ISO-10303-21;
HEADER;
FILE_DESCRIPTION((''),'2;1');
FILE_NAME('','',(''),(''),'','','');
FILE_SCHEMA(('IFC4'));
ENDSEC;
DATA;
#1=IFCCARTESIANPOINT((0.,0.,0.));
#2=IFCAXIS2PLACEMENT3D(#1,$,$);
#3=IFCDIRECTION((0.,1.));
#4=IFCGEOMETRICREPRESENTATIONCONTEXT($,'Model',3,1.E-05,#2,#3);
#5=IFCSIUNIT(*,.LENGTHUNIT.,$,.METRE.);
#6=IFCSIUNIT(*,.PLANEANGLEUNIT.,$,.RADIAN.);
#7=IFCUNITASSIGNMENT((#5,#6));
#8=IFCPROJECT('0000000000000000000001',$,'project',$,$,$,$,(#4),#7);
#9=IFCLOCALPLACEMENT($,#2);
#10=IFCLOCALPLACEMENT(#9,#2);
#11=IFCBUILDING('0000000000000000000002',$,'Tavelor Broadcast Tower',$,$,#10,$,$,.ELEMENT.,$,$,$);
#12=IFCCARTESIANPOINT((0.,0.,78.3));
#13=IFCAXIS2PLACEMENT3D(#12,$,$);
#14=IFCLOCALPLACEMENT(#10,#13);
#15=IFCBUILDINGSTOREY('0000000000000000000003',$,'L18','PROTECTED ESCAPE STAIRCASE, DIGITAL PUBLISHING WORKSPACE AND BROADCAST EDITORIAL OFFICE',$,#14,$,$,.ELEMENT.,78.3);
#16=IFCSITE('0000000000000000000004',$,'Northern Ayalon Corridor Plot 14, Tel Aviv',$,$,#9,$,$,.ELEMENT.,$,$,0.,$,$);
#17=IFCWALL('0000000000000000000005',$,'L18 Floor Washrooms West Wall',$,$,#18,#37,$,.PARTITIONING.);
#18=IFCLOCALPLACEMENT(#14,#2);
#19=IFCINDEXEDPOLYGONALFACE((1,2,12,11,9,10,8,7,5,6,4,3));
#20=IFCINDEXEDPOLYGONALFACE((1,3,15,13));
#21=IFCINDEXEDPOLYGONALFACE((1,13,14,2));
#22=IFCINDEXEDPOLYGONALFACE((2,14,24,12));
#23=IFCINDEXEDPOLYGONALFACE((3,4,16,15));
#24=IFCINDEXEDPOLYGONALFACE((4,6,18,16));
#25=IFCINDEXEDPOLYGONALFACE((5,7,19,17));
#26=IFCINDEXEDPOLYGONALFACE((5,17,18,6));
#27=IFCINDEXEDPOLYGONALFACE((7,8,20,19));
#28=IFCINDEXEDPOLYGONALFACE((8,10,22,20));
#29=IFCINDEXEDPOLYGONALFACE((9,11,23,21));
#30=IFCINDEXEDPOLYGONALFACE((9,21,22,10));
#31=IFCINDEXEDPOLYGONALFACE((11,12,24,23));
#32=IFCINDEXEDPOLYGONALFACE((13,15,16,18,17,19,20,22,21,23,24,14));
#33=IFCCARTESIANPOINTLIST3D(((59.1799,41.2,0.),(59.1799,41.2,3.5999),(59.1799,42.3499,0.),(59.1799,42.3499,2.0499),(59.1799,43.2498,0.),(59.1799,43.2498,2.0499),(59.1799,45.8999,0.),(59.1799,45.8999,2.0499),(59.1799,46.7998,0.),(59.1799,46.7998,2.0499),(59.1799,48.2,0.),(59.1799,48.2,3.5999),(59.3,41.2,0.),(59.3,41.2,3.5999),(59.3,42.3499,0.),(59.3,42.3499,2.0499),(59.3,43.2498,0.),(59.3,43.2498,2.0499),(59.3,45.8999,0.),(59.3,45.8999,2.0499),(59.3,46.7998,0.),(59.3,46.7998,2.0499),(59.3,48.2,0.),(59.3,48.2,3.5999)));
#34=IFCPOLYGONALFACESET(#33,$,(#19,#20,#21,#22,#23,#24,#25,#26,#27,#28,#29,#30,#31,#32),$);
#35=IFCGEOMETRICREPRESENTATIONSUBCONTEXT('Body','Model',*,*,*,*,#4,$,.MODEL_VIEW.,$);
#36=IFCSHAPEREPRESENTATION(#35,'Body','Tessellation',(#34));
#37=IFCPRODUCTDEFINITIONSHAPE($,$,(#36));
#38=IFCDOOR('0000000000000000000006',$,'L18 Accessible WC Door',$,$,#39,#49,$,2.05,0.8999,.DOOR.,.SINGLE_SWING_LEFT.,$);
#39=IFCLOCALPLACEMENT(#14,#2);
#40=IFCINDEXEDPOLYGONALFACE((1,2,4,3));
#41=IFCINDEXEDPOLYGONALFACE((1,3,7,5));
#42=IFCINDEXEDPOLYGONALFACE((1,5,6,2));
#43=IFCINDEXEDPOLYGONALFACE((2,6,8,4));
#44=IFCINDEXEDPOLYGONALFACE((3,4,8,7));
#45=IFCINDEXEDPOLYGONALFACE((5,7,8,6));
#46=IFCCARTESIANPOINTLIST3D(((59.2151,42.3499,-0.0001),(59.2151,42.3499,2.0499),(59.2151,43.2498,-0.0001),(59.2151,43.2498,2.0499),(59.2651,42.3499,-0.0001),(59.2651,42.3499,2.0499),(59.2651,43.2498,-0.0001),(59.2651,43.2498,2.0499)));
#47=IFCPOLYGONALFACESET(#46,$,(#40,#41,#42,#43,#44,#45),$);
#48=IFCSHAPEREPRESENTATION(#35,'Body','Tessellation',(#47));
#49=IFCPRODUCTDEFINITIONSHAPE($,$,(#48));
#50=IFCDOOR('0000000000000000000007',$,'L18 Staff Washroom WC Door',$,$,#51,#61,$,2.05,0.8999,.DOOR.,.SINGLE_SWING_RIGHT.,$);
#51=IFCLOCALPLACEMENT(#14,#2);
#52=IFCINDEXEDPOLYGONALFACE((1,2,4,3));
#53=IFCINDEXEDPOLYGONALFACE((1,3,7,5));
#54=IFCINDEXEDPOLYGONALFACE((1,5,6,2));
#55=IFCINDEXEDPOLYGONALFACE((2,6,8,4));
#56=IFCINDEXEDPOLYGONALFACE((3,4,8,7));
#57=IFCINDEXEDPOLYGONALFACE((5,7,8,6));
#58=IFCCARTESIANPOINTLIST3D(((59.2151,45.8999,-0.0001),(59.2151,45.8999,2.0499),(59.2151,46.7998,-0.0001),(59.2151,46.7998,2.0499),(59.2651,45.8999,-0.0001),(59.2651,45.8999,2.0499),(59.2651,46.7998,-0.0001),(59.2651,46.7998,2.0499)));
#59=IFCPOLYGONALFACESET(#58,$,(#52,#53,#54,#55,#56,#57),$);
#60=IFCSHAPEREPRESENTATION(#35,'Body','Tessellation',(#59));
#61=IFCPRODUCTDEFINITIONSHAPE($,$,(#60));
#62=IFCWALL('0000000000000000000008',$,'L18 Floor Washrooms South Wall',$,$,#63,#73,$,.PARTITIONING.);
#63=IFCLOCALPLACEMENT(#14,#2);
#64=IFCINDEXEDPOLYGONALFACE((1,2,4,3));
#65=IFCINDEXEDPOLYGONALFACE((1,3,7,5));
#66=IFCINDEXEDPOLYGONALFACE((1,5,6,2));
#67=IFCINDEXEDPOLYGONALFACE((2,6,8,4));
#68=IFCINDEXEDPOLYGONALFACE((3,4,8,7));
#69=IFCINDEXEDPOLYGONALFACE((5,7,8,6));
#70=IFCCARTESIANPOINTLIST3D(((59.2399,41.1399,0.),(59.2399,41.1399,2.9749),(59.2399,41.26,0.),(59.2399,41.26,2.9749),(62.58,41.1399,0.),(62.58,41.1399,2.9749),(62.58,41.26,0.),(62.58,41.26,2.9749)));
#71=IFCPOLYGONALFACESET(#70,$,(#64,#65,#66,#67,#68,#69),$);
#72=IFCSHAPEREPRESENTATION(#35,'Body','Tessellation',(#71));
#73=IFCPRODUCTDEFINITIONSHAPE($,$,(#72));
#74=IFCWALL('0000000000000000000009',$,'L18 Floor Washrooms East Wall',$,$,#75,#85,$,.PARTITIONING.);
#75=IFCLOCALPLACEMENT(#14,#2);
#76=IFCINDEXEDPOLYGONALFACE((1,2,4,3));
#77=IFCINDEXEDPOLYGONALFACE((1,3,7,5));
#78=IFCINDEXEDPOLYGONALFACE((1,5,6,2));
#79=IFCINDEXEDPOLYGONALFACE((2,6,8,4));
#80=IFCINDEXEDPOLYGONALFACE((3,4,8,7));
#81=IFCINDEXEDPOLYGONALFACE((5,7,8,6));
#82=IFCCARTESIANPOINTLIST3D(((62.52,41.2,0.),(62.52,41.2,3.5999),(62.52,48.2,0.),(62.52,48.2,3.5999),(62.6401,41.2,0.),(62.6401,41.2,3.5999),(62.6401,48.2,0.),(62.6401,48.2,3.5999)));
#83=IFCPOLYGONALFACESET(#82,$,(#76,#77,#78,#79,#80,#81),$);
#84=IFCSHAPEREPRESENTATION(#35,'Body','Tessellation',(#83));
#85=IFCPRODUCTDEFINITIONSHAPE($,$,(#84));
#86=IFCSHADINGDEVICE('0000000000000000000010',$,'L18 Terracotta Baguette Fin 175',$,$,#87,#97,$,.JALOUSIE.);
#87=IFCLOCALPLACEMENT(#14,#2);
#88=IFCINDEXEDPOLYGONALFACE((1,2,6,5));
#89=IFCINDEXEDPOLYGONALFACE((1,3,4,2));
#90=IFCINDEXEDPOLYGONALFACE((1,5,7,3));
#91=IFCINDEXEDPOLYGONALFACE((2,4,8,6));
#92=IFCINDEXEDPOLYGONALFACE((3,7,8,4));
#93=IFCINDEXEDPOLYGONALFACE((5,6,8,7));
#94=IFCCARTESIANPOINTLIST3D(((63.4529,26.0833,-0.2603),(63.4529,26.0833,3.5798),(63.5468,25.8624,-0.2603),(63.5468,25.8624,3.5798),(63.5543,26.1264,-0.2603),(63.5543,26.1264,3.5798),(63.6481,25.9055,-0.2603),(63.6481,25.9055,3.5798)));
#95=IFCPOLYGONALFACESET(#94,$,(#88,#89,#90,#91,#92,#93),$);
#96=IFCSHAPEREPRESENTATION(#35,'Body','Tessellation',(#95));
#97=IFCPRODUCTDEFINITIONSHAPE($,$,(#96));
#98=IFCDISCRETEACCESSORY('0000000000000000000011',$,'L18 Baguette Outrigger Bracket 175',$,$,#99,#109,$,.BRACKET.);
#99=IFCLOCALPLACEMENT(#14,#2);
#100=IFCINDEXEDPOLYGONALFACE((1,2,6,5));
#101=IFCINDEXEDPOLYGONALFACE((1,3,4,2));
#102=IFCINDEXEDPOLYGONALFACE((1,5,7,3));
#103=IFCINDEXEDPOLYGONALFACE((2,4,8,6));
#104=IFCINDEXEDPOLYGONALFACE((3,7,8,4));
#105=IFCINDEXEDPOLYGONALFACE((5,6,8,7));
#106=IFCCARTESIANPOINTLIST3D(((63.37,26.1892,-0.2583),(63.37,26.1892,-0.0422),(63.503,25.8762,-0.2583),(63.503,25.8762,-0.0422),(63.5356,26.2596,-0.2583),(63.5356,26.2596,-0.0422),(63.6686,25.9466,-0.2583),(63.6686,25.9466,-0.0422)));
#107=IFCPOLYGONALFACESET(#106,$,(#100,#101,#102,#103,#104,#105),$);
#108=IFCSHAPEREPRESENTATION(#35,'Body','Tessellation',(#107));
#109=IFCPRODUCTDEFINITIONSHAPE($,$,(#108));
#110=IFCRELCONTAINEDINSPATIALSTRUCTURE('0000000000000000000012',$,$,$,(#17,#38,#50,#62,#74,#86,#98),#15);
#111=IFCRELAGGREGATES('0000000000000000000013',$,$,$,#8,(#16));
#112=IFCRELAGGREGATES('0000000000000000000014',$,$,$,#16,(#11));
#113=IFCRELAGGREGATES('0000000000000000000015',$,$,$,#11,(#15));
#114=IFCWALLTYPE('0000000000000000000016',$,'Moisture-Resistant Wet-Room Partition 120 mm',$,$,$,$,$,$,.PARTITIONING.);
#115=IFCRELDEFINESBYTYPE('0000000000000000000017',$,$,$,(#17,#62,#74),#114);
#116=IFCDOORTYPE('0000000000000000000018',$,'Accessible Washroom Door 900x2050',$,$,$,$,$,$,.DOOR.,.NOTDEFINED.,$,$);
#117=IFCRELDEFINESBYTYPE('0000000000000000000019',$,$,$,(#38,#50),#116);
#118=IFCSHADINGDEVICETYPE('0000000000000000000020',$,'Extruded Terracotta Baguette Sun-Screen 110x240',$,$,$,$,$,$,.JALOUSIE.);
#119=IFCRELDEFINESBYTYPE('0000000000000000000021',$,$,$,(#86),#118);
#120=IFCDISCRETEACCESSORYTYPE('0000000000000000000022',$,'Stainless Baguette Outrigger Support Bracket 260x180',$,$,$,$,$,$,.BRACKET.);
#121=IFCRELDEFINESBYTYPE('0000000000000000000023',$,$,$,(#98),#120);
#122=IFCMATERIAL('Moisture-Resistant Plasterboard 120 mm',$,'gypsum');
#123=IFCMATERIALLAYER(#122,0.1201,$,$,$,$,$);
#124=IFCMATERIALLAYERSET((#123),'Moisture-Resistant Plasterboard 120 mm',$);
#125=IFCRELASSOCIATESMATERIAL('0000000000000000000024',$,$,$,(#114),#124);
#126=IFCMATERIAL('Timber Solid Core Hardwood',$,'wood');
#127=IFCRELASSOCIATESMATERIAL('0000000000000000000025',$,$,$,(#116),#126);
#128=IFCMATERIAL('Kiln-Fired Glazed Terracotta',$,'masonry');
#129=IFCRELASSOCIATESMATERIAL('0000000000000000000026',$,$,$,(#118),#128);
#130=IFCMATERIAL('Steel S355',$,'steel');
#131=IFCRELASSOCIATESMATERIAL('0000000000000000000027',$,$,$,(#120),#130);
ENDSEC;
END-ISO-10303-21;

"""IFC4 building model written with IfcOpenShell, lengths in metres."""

from ifc_helpers import new_model, si_unit, direction, frame, frame_2d, origin, origin_2d, place, context, subcontext, project, spatial, rectangle, extrude, source, transform, mapped, material, layer, layer_set, type_object, type_shapes, element, fill, save


model = new_model("IFC4")

# Units and contexts
model_context = context("Model", 3, precision=1e-05, world=origin(), true_north=direction((0.0, 1.0)))
body_context = subcontext(model_context, "Body", "Model", "MODEL_VIEW")
ifc_project = project(units=[si_unit("LENGTHUNIT", "METRE"), si_unit("PLANEANGLEUNIT", "RADIAN")], contexts=[model_context])

# Site, building, storey
site_placement = place(None, origin())
site = spatial("IfcSite", under=ifc_project, at=site_placement, Name="Northern Ayalon Corridor Plot 14, Tel Aviv", CompositionType="ELEMENT", RefElevation=0.0)
building_placement = place(site_placement, origin())
building = spatial("IfcBuilding", under=site, at=building_placement, Name="Tavelor Broadcast Tower", CompositionType="ELEMENT")
storey_placement = place(building_placement, frame((0.0, 0.0, 78.3)))
storey = spatial("IfcBuildingStorey", under=building, at=storey_placement, Name="L18", Description="PROTECTED ESCAPE STAIRCASE, DIGITAL PUBLISHING WORKSPACE AND BROADCAST EDITORIAL OFFICE", CompositionType="ELEMENT", Elevation=78.3)

# Shared definitions
ifc_material_1 = material(Name="Steel S355", Category="steel")

# Shared definitions
ifc_material_2 = material(Name="Timber Solid Core Hardwood", Category="wood")

# Wall, openings, doors
ifc_material_3 = material(Name="Moisture-Resistant Plasterboard 120 mm", Category="gypsum")
ifc_layer_1 = layer(ifc_material_3, 0.1201)
ifc_layer_set_1 = layer_set([ifc_layer_1], Name="Moisture-Resistant Plasterboard 120 mm")
wall_type_1 = type_object("IfcWallType", Name="Moisture-Resistant Wet-Room Partition 120 mm", PredefinedType="PARTITIONING", material=ifc_layer_set_1)
wall_1_placement = place(storey_placement, frame((59.24, 41.2, 0.0), z_axis=(0.0, 0.0, 1.0), x_axis=(0.0, 1.0, 0.0)))
wall_1 = element("IfcWall", 1, at=wall_1_placement, inside=storey, type_object=wall_type_1, Name="L18 Floor Washrooms West Wall", PredefinedType="PARTITIONING", context=body_context, shape_type="SweptSolid", body=[
    extrude(rectangle(XDim=7.0, YDim=0.1201, at=frame_2d((3.5, 0.0))), origin(), (0.0, 0.0, 1.0), 3.5999),
])
opening_1_placement = place(wall_1_placement, frame((1.1499, 0.0, 0.0)))
opening_1 = element("IfcOpeningElement", 2, at=opening_1_placement, cuts=wall_1, PredefinedType="OPENING", context=body_context, shape_type="SweptSolid", body=[
    extrude(rectangle(XDim=0.8999, YDim=2.05, at=frame_2d((0.45, 1.0249))), frame((0.0, 0.0701, 0.0), z_axis=(0.0, -1.0, 0.0), x_axis=(1.0, 0.0, 0.0)), (0.0, 0.0, 1.0), 0.1401),
])
opening_2_placement = place(wall_1_placement, frame((4.7, 0.0, 0.0)))
opening_2 = element("IfcOpeningElement", 3, at=opening_2_placement, cuts=wall_1, PredefinedType="OPENING", context=body_context, shape_type="SweptSolid", body=[
    extrude(rectangle(XDim=0.8999, YDim=2.05, at=frame_2d((0.45, 1.0249))), frame((0.0, 0.0701, 0.0), z_axis=(0.0, -1.0, 0.0), x_axis=(1.0, 0.0, 0.0)), (0.0, 0.0, 1.0), 0.1401),
])
door_type_1 = type_object("IfcDoorType", Name="Accessible Washroom Door 900x2050", OperationType="NOTDEFINED", PredefinedType="DOOR", material=ifc_material_2)
door_1_placement = place(opening_1_placement, origin())
door_1 = element("IfcDoor", 4, at=door_1_placement, inside=storey, type_object=door_type_1, Name="L18 Accessible WC Door", OperationType="SINGLE_SWING_LEFT", OverallHeight=2.05, OverallWidth=0.8999, PredefinedType="DOOR", context=body_context, shape_type="SweptSolid", body=[
    extrude(rectangle(XDim=0.8999, YDim=2.05, at=frame_2d((0.45, 1.0249))), frame((0.0, 0.0249, 0.0), z_axis=(0.0, -1.0, 0.0), x_axis=(1.0, 0.0, 0.0)), (0.0, 0.0, 1.0), 0.05),
])
fill(opening_1, door_1)
door_2_placement = place(opening_2_placement, origin())
door_2 = element("IfcDoor", 5, at=door_2_placement, inside=storey, type_object=door_type_1, Name="L18 Staff Washroom WC Door", OperationType="SINGLE_SWING_RIGHT", OverallHeight=2.05, OverallWidth=0.8999, PredefinedType="DOOR", context=body_context, shape_type="SweptSolid", body=[
    extrude(rectangle(XDim=0.8999, YDim=2.05, at=frame_2d((0.45, 1.0249))), frame((0.0, 0.0249, 0.0), z_axis=(0.0, -1.0, 0.0), x_axis=(1.0, 0.0, 0.0)), (0.0, 0.0, 1.0), 0.05),
])
fill(opening_2, door_2)

# Walls
wall_2_placement = place(storey_placement, frame((59.24, 41.2, 0.0), z_axis=(0.0, 0.0, 1.0), x_axis=(1.0, 0.0, 0.0)))
element("IfcWall", 6, at=wall_2_placement, inside=storey, type_object=wall_type_1, Name="L18 Floor Washrooms South Wall", PredefinedType="PARTITIONING", context=body_context, shape_type="SweptSolid", body=[
    extrude(rectangle(XDim=3.3401, YDim=0.1201, at=frame_2d((1.6699, 0.0))), origin(), (0.0, 0.0, 1.0), 2.9749),
])
wall_3_placement = place(storey_placement, frame((62.5801, 41.2, 0.0), z_axis=(0.0, 0.0, 1.0), x_axis=(0.0, 1.0, 0.0)))
element("IfcWall", 7, at=wall_3_placement, inside=storey, type_object=wall_type_1, Name="L18 Floor Washrooms East Wall", PredefinedType="PARTITIONING", context=body_context, shape_type="SweptSolid", body=[
    extrude(rectangle(XDim=7.0, YDim=0.1201, at=frame_2d((3.5, 0.0))), origin(), (0.0, 0.0, 1.0), 3.5999),
])

# Shading device
ifc_material_4 = material(Name="Kiln-Fired Glazed Terracotta", Category="masonry")
shading_device_type = type_object("IfcShadingDeviceType", Name="Extruded Terracotta Baguette Sun-Screen 110x240", PredefinedType="JALOUSIE", material=ifc_material_4)
shared_shape_1 = source(origin(), body_context, "Body", "SweptSolid", [
    extrude(rectangle(XDim=0.1101, YDim=0.24, at=origin_2d()), origin(), (0.0, 0.0, 1.0), 3.8401),
])
type_shapes(shading_device_type, [shared_shape_1])
shading_device_placement = place(storey_placement, frame((63.5505, 25.9944, -0.2603), z_axis=(0.0, 0.0, 1.0), x_axis=(0.9203, 0.391213, 0.0)))
element("IfcShadingDevice", 8, at=shading_device_placement, inside=storey, type_object=shading_device_type, Name="L18 Terracotta Baguette Fin 175", PredefinedType="JALOUSIE", context=body_context, shape_type="MappedRepresentation", body=[
    mapped(shared_shape_1, transform((0.0, 0.0, 0.0), scale=1.0)),
])

# Discrete accessory
discrete_accessory_type = type_object("IfcDiscreteAccessoryType", Name="Stainless Baguette Outrigger Support Bracket 260x180", PredefinedType="BRACKET", material=ifc_material_1)
shared_shape_2 = source(origin(), body_context, "Body", "SweptSolid", [
    extrude(rectangle(XDim=0.1799, YDim=0.3401, at=origin_2d()), origin(), (0.0, 0.0, 1.0), 0.2161),
])
type_shapes(discrete_accessory_type, [shared_shape_2])
discrete_accessory_placement = place(storey_placement, frame((63.5193, 26.0679, -0.2583), z_axis=(0.0, 0.0, 1.0), x_axis=(0.9203, 0.391213, 0.0)))
element("IfcDiscreteAccessory", 9, at=discrete_accessory_placement, inside=storey, type_object=discrete_accessory_type, Name="L18 Baguette Outrigger Bracket 175", PredefinedType="BRACKET", context=body_context, shape_type="MappedRepresentation", body=[
    mapped(shared_shape_2, transform((0.0, 0.0, 0.0), scale=1.0)),
])

save(model, "model.ifc")
